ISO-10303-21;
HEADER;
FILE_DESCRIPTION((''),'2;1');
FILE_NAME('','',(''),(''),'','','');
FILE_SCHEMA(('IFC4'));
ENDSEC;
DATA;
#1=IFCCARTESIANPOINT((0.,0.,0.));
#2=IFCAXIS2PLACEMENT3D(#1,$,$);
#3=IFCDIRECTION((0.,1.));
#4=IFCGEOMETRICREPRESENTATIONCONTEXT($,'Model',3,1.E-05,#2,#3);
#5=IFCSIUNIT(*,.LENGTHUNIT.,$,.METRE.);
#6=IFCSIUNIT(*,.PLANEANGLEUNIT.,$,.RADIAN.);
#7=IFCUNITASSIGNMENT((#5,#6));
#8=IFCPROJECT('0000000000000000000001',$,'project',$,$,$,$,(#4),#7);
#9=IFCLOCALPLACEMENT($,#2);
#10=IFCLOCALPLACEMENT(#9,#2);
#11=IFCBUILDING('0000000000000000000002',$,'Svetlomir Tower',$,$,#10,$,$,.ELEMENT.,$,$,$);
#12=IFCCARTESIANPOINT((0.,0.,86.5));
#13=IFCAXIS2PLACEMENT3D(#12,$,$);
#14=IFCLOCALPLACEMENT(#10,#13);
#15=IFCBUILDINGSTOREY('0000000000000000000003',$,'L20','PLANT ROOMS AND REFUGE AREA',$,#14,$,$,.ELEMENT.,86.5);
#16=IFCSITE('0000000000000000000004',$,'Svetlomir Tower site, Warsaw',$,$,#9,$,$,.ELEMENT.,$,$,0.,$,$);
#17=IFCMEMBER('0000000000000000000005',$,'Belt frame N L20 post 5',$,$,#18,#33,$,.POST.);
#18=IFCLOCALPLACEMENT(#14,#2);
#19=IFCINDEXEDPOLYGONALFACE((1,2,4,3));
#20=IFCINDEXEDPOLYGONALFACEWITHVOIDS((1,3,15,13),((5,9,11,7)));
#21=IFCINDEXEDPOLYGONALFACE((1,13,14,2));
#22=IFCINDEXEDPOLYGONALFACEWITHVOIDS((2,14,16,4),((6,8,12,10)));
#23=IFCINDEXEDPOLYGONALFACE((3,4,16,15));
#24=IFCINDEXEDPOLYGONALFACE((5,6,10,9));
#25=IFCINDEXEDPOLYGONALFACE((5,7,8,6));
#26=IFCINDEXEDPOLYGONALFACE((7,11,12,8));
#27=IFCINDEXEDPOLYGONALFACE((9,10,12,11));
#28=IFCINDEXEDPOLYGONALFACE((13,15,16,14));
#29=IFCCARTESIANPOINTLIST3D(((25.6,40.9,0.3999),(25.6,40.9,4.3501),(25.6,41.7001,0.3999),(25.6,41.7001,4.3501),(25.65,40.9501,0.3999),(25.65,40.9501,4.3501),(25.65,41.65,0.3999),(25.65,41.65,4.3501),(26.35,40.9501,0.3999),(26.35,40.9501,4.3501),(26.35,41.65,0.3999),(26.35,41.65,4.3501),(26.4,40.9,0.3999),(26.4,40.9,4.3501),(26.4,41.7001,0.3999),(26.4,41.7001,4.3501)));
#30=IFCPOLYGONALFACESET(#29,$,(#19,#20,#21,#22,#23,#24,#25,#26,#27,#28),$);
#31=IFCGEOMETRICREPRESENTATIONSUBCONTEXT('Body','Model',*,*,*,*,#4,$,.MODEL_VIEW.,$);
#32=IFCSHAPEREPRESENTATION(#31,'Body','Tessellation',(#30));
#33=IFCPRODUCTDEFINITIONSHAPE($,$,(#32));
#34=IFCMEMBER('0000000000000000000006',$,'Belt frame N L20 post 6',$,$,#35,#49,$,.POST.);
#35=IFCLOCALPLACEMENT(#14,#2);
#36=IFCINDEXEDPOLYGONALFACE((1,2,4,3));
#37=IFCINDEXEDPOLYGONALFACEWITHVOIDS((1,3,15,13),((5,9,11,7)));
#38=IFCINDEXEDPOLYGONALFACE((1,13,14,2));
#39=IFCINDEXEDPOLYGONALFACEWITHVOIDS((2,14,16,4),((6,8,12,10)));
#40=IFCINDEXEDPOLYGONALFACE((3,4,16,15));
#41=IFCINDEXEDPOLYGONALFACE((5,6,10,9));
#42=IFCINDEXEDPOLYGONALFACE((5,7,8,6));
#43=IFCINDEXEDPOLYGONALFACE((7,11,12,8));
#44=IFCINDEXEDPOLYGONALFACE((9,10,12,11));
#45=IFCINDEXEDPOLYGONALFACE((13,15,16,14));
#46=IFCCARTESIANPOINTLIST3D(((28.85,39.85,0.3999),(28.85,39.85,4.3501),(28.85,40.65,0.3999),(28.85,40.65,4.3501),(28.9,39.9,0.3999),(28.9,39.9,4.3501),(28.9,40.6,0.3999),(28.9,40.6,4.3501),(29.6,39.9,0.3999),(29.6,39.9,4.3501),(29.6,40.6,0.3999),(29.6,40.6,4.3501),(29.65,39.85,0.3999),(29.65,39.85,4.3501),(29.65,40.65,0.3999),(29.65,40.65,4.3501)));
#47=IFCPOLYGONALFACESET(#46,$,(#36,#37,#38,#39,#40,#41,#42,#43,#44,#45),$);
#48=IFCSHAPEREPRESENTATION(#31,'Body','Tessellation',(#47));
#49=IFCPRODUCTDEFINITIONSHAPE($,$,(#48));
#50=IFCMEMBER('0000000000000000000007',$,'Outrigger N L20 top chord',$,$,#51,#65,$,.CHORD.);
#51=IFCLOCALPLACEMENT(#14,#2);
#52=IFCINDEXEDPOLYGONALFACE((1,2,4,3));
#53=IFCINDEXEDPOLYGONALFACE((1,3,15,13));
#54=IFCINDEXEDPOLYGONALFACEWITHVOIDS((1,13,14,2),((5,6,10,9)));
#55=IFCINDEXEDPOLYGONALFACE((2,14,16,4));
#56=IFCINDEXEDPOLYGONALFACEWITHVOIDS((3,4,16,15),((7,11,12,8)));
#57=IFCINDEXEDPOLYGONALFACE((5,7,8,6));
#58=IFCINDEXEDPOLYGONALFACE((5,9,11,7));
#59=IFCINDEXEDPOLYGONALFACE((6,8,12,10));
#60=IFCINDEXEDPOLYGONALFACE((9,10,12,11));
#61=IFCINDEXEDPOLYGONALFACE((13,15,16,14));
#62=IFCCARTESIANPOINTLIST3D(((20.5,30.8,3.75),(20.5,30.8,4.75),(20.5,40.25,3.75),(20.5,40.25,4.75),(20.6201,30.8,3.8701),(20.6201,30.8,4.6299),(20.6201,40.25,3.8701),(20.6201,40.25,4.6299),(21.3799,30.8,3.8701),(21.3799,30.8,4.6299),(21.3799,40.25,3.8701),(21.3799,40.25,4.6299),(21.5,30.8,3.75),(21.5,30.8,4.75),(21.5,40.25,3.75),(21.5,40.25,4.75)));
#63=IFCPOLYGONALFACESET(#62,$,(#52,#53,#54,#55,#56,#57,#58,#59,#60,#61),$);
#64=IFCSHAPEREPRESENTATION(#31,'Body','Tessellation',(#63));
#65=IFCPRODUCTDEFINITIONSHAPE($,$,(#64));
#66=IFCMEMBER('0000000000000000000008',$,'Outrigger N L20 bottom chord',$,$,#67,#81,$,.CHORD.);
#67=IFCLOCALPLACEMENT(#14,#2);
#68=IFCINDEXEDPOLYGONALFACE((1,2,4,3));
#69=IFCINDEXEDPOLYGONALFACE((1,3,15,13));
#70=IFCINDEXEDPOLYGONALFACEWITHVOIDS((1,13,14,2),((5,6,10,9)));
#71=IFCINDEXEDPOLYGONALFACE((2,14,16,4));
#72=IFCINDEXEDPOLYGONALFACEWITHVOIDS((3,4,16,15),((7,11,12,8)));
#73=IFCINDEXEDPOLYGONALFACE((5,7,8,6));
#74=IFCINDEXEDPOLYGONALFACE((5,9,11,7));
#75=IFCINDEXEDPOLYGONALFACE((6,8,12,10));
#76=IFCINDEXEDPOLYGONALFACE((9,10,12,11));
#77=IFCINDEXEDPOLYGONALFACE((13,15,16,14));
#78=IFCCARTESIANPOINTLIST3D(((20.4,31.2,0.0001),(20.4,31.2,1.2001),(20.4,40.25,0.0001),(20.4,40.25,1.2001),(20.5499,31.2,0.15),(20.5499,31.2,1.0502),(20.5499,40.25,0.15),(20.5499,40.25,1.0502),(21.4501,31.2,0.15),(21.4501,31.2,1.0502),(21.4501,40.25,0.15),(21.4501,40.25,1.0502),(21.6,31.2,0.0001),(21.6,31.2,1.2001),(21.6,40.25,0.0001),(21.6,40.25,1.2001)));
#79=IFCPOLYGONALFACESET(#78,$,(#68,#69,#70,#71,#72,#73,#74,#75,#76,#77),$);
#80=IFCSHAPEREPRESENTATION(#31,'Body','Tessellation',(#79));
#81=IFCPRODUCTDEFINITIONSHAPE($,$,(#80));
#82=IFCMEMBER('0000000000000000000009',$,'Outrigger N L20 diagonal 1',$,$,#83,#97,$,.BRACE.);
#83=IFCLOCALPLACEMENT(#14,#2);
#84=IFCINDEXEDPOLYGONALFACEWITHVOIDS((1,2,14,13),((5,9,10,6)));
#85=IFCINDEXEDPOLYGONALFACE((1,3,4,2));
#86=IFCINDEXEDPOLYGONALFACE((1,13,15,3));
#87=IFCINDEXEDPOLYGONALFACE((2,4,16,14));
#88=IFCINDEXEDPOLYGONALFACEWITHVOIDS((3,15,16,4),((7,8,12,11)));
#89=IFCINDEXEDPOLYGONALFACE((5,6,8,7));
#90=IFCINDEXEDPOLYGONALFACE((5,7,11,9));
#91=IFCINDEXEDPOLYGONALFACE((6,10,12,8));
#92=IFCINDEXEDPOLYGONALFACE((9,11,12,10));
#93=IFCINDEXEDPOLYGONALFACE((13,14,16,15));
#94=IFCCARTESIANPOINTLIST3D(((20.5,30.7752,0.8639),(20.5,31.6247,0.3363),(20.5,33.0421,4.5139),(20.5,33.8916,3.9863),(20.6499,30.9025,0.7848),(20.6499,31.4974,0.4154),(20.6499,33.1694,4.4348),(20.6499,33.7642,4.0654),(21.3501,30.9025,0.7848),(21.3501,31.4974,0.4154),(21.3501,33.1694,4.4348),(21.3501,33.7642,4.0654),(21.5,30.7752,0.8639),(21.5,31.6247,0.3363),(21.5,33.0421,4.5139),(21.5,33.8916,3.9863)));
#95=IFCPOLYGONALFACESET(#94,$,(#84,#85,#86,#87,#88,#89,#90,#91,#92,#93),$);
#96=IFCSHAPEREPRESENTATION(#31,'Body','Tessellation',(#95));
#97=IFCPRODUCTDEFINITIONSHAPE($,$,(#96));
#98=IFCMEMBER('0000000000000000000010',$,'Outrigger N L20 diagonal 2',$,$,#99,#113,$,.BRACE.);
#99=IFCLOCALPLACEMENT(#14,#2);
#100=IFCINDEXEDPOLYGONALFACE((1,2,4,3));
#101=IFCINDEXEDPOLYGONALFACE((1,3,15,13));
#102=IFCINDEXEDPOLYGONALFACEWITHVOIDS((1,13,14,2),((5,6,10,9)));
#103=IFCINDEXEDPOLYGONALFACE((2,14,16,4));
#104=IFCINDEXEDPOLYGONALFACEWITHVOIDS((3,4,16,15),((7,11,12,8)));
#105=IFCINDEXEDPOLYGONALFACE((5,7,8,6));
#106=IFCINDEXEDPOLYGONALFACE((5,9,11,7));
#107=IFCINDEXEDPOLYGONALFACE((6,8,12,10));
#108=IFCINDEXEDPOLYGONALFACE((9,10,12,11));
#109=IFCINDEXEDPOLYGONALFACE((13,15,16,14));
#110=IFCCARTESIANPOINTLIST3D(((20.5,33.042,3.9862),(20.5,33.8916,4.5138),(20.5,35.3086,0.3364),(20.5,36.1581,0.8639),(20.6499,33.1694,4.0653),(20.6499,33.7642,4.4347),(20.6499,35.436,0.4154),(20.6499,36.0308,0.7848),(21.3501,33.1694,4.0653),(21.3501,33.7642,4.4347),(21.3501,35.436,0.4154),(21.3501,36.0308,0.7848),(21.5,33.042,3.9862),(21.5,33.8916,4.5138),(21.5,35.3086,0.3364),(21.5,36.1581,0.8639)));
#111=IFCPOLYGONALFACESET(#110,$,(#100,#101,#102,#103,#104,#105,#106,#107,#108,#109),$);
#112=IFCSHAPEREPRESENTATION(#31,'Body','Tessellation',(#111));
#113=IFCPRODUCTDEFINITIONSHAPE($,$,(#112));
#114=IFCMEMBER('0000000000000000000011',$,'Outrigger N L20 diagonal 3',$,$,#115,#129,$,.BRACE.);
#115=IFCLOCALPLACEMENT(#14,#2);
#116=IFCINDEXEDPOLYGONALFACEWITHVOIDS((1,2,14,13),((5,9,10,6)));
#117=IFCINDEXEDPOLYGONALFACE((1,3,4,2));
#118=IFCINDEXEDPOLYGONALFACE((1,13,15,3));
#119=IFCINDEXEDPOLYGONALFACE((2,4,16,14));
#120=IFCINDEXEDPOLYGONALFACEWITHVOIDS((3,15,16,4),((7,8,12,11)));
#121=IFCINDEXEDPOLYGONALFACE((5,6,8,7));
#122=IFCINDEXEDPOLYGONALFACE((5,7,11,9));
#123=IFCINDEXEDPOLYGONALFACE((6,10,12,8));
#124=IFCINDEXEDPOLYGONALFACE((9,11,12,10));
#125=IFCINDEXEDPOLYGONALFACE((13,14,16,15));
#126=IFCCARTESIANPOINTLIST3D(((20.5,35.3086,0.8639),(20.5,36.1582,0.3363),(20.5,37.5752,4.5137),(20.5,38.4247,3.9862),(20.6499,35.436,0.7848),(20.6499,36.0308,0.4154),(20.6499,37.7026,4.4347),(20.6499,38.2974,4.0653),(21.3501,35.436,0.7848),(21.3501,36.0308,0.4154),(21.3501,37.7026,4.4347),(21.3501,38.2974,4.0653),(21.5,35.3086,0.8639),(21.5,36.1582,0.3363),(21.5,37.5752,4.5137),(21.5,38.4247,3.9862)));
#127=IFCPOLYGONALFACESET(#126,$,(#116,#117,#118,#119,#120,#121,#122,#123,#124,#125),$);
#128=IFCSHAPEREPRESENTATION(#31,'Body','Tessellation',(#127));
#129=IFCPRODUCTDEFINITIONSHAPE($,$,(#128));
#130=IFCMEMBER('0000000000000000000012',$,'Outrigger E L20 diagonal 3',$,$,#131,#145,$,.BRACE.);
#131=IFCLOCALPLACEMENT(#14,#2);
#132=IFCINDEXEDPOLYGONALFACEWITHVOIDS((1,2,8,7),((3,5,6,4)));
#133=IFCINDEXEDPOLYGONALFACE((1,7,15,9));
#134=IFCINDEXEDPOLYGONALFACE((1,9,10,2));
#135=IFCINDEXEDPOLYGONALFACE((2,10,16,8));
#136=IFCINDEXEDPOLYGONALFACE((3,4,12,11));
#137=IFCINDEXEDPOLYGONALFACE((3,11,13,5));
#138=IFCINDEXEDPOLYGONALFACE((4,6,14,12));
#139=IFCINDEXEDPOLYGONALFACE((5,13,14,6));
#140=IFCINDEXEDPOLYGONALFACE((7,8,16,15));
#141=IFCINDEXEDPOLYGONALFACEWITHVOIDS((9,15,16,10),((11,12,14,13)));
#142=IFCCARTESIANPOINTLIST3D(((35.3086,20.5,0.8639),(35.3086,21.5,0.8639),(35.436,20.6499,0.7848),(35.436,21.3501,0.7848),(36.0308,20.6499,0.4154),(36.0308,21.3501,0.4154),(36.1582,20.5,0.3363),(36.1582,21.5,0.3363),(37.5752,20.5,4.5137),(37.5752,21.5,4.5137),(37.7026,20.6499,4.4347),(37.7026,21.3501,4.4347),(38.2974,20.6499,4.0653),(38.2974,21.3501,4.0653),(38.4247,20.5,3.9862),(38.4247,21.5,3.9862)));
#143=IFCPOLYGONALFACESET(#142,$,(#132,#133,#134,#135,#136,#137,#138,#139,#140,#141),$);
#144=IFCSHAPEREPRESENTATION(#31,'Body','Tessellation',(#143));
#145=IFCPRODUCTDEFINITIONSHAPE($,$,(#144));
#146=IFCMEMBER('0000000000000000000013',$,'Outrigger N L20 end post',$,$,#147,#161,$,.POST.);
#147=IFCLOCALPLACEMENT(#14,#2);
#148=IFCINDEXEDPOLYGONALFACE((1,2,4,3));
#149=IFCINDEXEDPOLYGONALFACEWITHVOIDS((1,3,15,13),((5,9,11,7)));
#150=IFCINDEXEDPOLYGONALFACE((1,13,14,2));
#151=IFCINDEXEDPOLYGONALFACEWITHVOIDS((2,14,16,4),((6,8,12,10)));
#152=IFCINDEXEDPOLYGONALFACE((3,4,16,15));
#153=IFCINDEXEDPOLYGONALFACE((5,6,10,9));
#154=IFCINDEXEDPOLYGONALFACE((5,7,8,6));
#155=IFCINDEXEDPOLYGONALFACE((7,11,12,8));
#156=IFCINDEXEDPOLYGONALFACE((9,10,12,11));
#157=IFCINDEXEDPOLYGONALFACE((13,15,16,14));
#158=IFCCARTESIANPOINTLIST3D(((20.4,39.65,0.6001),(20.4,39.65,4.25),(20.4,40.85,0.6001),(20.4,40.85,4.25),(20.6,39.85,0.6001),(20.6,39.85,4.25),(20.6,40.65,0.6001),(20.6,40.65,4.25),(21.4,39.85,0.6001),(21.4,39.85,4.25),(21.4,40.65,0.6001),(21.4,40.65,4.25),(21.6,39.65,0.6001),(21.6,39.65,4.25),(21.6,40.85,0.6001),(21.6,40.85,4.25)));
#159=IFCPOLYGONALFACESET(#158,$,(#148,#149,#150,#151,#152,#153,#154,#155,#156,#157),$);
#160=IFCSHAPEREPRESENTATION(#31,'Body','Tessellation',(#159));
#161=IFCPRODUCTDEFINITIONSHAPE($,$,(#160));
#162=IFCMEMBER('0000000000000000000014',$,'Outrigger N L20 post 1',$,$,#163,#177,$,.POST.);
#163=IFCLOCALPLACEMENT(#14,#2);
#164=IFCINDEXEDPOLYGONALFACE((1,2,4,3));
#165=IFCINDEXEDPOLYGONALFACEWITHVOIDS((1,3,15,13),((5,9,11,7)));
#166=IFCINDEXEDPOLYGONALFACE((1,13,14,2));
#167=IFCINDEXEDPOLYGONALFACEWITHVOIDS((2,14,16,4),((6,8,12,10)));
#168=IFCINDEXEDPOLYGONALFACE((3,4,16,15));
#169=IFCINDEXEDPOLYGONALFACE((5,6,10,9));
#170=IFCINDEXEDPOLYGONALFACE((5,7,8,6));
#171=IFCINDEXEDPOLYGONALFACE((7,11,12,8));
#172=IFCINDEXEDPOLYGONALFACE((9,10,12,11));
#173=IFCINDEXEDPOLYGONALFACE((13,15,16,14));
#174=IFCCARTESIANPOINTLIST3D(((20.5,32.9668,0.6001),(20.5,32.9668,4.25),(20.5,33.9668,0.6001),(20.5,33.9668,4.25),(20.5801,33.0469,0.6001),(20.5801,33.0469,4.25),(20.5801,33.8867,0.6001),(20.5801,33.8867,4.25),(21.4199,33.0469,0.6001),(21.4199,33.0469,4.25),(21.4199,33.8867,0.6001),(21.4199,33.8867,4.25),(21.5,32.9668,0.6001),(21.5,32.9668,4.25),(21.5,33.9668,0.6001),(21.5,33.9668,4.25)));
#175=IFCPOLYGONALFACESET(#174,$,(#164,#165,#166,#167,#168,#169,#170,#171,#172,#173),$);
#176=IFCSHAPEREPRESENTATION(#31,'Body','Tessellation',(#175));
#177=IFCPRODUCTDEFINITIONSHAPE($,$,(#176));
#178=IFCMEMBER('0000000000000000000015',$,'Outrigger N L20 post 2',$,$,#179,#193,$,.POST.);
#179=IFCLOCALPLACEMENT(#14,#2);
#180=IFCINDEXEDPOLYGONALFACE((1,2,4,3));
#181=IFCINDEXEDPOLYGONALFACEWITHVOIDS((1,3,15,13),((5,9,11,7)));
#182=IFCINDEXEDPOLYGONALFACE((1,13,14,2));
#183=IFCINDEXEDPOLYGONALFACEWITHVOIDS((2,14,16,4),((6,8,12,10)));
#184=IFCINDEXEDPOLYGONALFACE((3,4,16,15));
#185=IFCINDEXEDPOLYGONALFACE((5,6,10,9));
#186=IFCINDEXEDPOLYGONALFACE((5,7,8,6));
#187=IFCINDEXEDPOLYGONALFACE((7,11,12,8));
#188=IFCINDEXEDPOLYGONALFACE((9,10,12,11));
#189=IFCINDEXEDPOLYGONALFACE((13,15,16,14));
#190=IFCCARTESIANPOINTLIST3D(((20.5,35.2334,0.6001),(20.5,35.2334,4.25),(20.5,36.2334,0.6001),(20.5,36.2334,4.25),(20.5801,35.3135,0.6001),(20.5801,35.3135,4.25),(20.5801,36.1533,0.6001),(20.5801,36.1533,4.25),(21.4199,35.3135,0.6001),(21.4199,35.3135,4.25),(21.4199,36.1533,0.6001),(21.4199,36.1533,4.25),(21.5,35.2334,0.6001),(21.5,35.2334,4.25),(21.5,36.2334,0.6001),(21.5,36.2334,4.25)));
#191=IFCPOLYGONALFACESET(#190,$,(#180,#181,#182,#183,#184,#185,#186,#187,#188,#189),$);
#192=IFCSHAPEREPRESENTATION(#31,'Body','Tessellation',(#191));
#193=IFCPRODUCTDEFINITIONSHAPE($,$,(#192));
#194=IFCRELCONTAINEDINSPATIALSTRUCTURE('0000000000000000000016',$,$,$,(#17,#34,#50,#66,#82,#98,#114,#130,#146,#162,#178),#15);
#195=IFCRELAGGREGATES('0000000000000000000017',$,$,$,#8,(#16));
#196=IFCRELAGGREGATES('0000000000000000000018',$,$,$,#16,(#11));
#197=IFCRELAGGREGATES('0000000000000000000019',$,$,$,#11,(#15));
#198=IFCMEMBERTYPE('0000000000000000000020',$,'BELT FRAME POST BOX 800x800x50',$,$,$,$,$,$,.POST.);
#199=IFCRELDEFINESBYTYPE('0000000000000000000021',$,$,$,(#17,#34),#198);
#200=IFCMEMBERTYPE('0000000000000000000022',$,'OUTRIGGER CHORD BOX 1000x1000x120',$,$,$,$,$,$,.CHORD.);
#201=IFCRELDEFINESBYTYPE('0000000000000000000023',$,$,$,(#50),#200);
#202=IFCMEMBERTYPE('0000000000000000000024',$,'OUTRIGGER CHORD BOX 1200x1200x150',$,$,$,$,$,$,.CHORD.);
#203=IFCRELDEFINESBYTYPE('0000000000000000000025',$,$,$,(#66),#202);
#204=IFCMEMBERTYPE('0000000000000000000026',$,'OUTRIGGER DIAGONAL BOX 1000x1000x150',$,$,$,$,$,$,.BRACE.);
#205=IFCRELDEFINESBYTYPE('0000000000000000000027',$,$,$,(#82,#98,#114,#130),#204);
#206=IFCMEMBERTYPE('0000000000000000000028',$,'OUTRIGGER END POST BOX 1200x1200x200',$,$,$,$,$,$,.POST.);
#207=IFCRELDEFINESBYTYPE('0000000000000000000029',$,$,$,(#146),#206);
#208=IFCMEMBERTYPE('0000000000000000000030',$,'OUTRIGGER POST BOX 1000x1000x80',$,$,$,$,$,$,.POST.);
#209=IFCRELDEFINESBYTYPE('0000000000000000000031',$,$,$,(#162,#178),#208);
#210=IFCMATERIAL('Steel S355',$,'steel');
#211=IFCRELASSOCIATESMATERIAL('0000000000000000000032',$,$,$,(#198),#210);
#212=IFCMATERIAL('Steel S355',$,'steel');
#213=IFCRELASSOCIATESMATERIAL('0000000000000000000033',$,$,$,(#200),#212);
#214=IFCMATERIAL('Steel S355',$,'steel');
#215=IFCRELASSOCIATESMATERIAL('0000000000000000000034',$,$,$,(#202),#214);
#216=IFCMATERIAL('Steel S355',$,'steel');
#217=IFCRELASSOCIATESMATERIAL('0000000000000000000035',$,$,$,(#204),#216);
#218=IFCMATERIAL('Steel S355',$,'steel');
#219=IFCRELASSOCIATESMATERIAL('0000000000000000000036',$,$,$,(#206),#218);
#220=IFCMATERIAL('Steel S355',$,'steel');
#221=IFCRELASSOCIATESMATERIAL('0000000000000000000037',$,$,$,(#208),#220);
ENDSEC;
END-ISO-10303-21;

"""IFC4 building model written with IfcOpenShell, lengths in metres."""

from ifc_helpers import new_model, si_unit, direction, frame, origin, origin_2d, place, context, subcontext, project, spatial, hollow_rectangle, extrude, material, material_profile, profile_set, type_object, element, save


model = new_model("IFC4")

# Units and contexts
model_context = context("Model", 3, precision=1e-05, world=origin(), true_north=direction((0.0, 1.0)))
body_context = subcontext(model_context, "Body", "Model", "MODEL_VIEW")
ifc_project = project(units=[si_unit("LENGTHUNIT", "METRE"), si_unit("PLANEANGLEUNIT", "RADIAN")], contexts=[model_context])

# Site, building, storey
site_placement = place(None, origin())
site = spatial("IfcSite", under=ifc_project, at=site_placement, Name="Svetlomir Tower site, Warsaw", CompositionType="ELEMENT", RefElevation=0.0)
building_placement = place(site_placement, origin())
building = spatial("IfcBuilding", under=site, at=building_placement, Name="Svetlomir Tower", CompositionType="ELEMENT")
storey_placement = place(building_placement, frame((0.0, 0.0, 86.5)))
storey = spatial("IfcBuildingStorey", under=building, at=storey_placement, Name="L20", Description="PLANT ROOMS AND REFUGE AREA", CompositionType="ELEMENT", Elevation=86.5)

# Members
ifc_material_1 = material(Name="Steel S355", Category="steel")
ifc_material_profile_1 = material_profile(ifc_material_1, hollow_rectangle(XDim=0.8, YDim=0.8, WallThickness=0.05, at=origin_2d()), Name="BOX 800x800x50")
ifc_profile_set_1 = profile_set([ifc_material_profile_1], Name="Steel S355")
member_type_1 = type_object("IfcMemberType", Name="BELT FRAME POST BOX 800x800x50", PredefinedType="POST", material=ifc_profile_set_1)
for number, where, z_axis, x_axis, name in (
    (1, (26.0, 41.3, 0.3999), (0.0, 0.0, 1.0), (1.0, 0.0, 0.0), "Belt frame N L20 post 5"),
    (2, (29.25, 40.25, 0.3999), (0.0, 0.0, 1.0), (1.0, 0.0, 0.0), "Belt frame N L20 post 6"),
):
    element("IfcMember", number, at=place(storey_placement, frame(where, z_axis=z_axis, x_axis=x_axis)), inside=storey, type_object=member_type_1, Name=name, PredefinedType="POST", context=body_context, shape_type="SweptSolid", body=[
        extrude(hollow_rectangle(XDim=0.8, YDim=0.8, WallThickness=0.05, at=origin_2d()), origin(), (0.0, 0.0, 1.0), 3.9502),
    ])
ifc_material_2 = material(Name="Steel S355", Category="steel")
ifc_material_profile_2 = material_profile(ifc_material_2, hollow_rectangle(XDim=1.0, YDim=1.0, WallThickness=0.1201, at=origin_2d()), Name="BOX 1000x1000x120")
ifc_profile_set_2 = profile_set([ifc_material_profile_2], Name="Steel S355")
member_type_2 = type_object("IfcMemberType", Name="OUTRIGGER CHORD BOX 1000x1000x120", PredefinedType="CHORD", material=ifc_profile_set_2)
member_1_placement = place(storey_placement, frame((21.0, 30.8, 4.25), z_axis=(0.0, 1.0, 0.0), x_axis=(-1.0, 0.0, 0.0)))
element("IfcMember", 3, at=member_1_placement, inside=storey, type_object=member_type_2, Name="Outrigger N L20 top chord", PredefinedType="CHORD", context=body_context, shape_type="SweptSolid", body=[
    extrude(hollow_rectangle(XDim=1.0, YDim=1.0, WallThickness=0.1201, at=origin_2d()), origin(), (0.0, 0.0, 1.0), 9.45),
])
ifc_material_3 = material(Name="Steel S355", Category="steel")
ifc_material_profile_3 = material_profile(ifc_material_3, hollow_rectangle(XDim=1.2, YDim=1.2, WallThickness=0.1499, at=origin_2d()), Name="BOX 1200x1200x150")
ifc_profile_set_3 = profile_set([ifc_material_profile_3], Name="Steel S355")
member_type_3 = type_object("IfcMemberType", Name="OUTRIGGER CHORD BOX 1200x1200x150", PredefinedType="CHORD", material=ifc_profile_set_3)
member_2_placement = place(storey_placement, frame((21.0, 31.2, 0.6001), z_axis=(0.0, 1.0, 0.0), x_axis=(-1.0, 0.0, 0.0)))
element("IfcMember", 4, at=member_2_placement, inside=storey, type_object=member_type_3, Name="Outrigger N L20 bottom chord", PredefinedType="CHORD", context=body_context, shape_type="SweptSolid", body=[
    extrude(hollow_rectangle(XDim=1.2, YDim=1.2, WallThickness=0.1499, at=origin_2d()), origin(), (0.0, 0.0, 1.0), 9.05),
])
ifc_material_4 = material(Name="Steel S355", Category="steel")
ifc_material_profile_4 = material_profile(ifc_material_4, hollow_rectangle(XDim=1.0, YDim=1.0, WallThickness=0.1499, at=origin_2d()), Name="BOX 1000x1000x150")
ifc_profile_set_4 = profile_set([ifc_material_profile_4], Name="Steel S355")
member_type_4 = type_object("IfcMemberType", Name="OUTRIGGER DIAGONAL BOX 1000x1000x150", PredefinedType="BRACE", material=ifc_profile_set_4)
member_3_placement = place(storey_placement, frame((21.0, 31.2, 0.6001), z_axis=(0.0, 0.527596, 0.849495), x_axis=(-1.0, 0.0, 0.0)))
element("IfcMember", 5, at=member_3_placement, inside=storey, type_object=member_type_4, Name="Outrigger N L20 diagonal 1", PredefinedType="BRACE", context=body_context, shape_type="SweptSolid", body=[
    extrude(hollow_rectangle(XDim=1.0, YDim=1.0, WallThickness=0.1499, at=origin_2d()), origin(), (0.0, 0.0, 1.0), 4.2966),
])
for number, where, z_axis, x_axis, name in (
    (6, (21.0, 33.4668, 4.25), (0.0, 0.527555, -0.849521), (-1.0, 0.0, 0.0), "Outrigger N L20 diagonal 2"),
    (7, (21.0, 35.7334, 0.6001), (0.0, 0.527555, 0.849521), (-1.0, 0.0, 0.0), "Outrigger N L20 diagonal 3"),
    (8, (35.7334, 21.0, 0.6001), (0.527555, 0.0, 0.849521), (0.0, 1.0, 0.0), "Outrigger E L20 diagonal 3"),
):
    element("IfcMember", number, at=place(storey_placement, frame(where, z_axis=z_axis, x_axis=x_axis)), inside=storey, type_object=member_type_4, Name=name, PredefinedType="BRACE", context=body_context, shape_type="SweptSolid", body=[
        extrude(hollow_rectangle(XDim=1.0, YDim=1.0, WallThickness=0.1499, at=origin_2d()), origin(), (0.0, 0.0, 1.0), 4.2964),
    ])
ifc_material_5 = material(Name="Steel S355", Category="steel")
ifc_material_profile_5 = material_profile(ifc_material_5, hollow_rectangle(XDim=1.2, YDim=1.2, WallThickness=0.2, at=origin_2d()), Name="BOX 1200x1200x200")
ifc_profile_set_5 = profile_set([ifc_material_profile_5], Name="Steel S355")
member_type_5 = type_object("IfcMemberType", Name="OUTRIGGER END POST BOX 1200x1200x200", PredefinedType="POST", material=ifc_profile_set_5)
member_4_placement = place(storey_placement, frame((21.0, 40.25, 0.6001), z_axis=(0.0, 0.0, 1.0), x_axis=(1.0, 0.0, 0.0)))
element("IfcMember", 9, at=member_4_placement, inside=storey, type_object=member_type_5, Name="Outrigger N L20 end post", PredefinedType="POST", context=body_context, shape_type="SweptSolid", body=[
    extrude(hollow_rectangle(XDim=1.2, YDim=1.2, WallThickness=0.2, at=origin_2d()), origin(), (0.0, 0.0, 1.0), 3.6499),
])
ifc_material_6 = material(Name="Steel S355", Category="steel")
ifc_material_profile_6 = material_profile(ifc_material_6, hollow_rectangle(XDim=1.0, YDim=1.0, WallThickness=0.0801, at=origin_2d()), Name="BOX 1000x1000x80")
ifc_profile_set_6 = profile_set([ifc_material_profile_6], Name="Steel S355")
member_type_6 = type_object("IfcMemberType", Name="OUTRIGGER POST BOX 1000x1000x80", PredefinedType="POST", material=ifc_profile_set_6)
for number, where, z_axis, x_axis, name in (
    (10, (21.0, 33.4668, 0.6001), (0.0, 0.0, 1.0), (1.0, 0.0, 0.0), "Outrigger N L20 post 1"),
    (11, (21.0, 35.7334, 0.6001), (0.0, 0.0, 1.0), (1.0, 0.0, 0.0), "Outrigger N L20 post 2"),
):
    element("IfcMember", number, at=place(storey_placement, frame(where, z_axis=z_axis, x_axis=x_axis)), inside=storey, type_object=member_type_6, Name=name, PredefinedType="POST", context=body_context, shape_type="SweptSolid", body=[
        extrude(hollow_rectangle(XDim=1.0, YDim=1.0, WallThickness=0.0801, at=origin_2d()), origin(), (0.0, 0.0, 1.0), 3.6499),
    ])

save(model, "model.ifc")
